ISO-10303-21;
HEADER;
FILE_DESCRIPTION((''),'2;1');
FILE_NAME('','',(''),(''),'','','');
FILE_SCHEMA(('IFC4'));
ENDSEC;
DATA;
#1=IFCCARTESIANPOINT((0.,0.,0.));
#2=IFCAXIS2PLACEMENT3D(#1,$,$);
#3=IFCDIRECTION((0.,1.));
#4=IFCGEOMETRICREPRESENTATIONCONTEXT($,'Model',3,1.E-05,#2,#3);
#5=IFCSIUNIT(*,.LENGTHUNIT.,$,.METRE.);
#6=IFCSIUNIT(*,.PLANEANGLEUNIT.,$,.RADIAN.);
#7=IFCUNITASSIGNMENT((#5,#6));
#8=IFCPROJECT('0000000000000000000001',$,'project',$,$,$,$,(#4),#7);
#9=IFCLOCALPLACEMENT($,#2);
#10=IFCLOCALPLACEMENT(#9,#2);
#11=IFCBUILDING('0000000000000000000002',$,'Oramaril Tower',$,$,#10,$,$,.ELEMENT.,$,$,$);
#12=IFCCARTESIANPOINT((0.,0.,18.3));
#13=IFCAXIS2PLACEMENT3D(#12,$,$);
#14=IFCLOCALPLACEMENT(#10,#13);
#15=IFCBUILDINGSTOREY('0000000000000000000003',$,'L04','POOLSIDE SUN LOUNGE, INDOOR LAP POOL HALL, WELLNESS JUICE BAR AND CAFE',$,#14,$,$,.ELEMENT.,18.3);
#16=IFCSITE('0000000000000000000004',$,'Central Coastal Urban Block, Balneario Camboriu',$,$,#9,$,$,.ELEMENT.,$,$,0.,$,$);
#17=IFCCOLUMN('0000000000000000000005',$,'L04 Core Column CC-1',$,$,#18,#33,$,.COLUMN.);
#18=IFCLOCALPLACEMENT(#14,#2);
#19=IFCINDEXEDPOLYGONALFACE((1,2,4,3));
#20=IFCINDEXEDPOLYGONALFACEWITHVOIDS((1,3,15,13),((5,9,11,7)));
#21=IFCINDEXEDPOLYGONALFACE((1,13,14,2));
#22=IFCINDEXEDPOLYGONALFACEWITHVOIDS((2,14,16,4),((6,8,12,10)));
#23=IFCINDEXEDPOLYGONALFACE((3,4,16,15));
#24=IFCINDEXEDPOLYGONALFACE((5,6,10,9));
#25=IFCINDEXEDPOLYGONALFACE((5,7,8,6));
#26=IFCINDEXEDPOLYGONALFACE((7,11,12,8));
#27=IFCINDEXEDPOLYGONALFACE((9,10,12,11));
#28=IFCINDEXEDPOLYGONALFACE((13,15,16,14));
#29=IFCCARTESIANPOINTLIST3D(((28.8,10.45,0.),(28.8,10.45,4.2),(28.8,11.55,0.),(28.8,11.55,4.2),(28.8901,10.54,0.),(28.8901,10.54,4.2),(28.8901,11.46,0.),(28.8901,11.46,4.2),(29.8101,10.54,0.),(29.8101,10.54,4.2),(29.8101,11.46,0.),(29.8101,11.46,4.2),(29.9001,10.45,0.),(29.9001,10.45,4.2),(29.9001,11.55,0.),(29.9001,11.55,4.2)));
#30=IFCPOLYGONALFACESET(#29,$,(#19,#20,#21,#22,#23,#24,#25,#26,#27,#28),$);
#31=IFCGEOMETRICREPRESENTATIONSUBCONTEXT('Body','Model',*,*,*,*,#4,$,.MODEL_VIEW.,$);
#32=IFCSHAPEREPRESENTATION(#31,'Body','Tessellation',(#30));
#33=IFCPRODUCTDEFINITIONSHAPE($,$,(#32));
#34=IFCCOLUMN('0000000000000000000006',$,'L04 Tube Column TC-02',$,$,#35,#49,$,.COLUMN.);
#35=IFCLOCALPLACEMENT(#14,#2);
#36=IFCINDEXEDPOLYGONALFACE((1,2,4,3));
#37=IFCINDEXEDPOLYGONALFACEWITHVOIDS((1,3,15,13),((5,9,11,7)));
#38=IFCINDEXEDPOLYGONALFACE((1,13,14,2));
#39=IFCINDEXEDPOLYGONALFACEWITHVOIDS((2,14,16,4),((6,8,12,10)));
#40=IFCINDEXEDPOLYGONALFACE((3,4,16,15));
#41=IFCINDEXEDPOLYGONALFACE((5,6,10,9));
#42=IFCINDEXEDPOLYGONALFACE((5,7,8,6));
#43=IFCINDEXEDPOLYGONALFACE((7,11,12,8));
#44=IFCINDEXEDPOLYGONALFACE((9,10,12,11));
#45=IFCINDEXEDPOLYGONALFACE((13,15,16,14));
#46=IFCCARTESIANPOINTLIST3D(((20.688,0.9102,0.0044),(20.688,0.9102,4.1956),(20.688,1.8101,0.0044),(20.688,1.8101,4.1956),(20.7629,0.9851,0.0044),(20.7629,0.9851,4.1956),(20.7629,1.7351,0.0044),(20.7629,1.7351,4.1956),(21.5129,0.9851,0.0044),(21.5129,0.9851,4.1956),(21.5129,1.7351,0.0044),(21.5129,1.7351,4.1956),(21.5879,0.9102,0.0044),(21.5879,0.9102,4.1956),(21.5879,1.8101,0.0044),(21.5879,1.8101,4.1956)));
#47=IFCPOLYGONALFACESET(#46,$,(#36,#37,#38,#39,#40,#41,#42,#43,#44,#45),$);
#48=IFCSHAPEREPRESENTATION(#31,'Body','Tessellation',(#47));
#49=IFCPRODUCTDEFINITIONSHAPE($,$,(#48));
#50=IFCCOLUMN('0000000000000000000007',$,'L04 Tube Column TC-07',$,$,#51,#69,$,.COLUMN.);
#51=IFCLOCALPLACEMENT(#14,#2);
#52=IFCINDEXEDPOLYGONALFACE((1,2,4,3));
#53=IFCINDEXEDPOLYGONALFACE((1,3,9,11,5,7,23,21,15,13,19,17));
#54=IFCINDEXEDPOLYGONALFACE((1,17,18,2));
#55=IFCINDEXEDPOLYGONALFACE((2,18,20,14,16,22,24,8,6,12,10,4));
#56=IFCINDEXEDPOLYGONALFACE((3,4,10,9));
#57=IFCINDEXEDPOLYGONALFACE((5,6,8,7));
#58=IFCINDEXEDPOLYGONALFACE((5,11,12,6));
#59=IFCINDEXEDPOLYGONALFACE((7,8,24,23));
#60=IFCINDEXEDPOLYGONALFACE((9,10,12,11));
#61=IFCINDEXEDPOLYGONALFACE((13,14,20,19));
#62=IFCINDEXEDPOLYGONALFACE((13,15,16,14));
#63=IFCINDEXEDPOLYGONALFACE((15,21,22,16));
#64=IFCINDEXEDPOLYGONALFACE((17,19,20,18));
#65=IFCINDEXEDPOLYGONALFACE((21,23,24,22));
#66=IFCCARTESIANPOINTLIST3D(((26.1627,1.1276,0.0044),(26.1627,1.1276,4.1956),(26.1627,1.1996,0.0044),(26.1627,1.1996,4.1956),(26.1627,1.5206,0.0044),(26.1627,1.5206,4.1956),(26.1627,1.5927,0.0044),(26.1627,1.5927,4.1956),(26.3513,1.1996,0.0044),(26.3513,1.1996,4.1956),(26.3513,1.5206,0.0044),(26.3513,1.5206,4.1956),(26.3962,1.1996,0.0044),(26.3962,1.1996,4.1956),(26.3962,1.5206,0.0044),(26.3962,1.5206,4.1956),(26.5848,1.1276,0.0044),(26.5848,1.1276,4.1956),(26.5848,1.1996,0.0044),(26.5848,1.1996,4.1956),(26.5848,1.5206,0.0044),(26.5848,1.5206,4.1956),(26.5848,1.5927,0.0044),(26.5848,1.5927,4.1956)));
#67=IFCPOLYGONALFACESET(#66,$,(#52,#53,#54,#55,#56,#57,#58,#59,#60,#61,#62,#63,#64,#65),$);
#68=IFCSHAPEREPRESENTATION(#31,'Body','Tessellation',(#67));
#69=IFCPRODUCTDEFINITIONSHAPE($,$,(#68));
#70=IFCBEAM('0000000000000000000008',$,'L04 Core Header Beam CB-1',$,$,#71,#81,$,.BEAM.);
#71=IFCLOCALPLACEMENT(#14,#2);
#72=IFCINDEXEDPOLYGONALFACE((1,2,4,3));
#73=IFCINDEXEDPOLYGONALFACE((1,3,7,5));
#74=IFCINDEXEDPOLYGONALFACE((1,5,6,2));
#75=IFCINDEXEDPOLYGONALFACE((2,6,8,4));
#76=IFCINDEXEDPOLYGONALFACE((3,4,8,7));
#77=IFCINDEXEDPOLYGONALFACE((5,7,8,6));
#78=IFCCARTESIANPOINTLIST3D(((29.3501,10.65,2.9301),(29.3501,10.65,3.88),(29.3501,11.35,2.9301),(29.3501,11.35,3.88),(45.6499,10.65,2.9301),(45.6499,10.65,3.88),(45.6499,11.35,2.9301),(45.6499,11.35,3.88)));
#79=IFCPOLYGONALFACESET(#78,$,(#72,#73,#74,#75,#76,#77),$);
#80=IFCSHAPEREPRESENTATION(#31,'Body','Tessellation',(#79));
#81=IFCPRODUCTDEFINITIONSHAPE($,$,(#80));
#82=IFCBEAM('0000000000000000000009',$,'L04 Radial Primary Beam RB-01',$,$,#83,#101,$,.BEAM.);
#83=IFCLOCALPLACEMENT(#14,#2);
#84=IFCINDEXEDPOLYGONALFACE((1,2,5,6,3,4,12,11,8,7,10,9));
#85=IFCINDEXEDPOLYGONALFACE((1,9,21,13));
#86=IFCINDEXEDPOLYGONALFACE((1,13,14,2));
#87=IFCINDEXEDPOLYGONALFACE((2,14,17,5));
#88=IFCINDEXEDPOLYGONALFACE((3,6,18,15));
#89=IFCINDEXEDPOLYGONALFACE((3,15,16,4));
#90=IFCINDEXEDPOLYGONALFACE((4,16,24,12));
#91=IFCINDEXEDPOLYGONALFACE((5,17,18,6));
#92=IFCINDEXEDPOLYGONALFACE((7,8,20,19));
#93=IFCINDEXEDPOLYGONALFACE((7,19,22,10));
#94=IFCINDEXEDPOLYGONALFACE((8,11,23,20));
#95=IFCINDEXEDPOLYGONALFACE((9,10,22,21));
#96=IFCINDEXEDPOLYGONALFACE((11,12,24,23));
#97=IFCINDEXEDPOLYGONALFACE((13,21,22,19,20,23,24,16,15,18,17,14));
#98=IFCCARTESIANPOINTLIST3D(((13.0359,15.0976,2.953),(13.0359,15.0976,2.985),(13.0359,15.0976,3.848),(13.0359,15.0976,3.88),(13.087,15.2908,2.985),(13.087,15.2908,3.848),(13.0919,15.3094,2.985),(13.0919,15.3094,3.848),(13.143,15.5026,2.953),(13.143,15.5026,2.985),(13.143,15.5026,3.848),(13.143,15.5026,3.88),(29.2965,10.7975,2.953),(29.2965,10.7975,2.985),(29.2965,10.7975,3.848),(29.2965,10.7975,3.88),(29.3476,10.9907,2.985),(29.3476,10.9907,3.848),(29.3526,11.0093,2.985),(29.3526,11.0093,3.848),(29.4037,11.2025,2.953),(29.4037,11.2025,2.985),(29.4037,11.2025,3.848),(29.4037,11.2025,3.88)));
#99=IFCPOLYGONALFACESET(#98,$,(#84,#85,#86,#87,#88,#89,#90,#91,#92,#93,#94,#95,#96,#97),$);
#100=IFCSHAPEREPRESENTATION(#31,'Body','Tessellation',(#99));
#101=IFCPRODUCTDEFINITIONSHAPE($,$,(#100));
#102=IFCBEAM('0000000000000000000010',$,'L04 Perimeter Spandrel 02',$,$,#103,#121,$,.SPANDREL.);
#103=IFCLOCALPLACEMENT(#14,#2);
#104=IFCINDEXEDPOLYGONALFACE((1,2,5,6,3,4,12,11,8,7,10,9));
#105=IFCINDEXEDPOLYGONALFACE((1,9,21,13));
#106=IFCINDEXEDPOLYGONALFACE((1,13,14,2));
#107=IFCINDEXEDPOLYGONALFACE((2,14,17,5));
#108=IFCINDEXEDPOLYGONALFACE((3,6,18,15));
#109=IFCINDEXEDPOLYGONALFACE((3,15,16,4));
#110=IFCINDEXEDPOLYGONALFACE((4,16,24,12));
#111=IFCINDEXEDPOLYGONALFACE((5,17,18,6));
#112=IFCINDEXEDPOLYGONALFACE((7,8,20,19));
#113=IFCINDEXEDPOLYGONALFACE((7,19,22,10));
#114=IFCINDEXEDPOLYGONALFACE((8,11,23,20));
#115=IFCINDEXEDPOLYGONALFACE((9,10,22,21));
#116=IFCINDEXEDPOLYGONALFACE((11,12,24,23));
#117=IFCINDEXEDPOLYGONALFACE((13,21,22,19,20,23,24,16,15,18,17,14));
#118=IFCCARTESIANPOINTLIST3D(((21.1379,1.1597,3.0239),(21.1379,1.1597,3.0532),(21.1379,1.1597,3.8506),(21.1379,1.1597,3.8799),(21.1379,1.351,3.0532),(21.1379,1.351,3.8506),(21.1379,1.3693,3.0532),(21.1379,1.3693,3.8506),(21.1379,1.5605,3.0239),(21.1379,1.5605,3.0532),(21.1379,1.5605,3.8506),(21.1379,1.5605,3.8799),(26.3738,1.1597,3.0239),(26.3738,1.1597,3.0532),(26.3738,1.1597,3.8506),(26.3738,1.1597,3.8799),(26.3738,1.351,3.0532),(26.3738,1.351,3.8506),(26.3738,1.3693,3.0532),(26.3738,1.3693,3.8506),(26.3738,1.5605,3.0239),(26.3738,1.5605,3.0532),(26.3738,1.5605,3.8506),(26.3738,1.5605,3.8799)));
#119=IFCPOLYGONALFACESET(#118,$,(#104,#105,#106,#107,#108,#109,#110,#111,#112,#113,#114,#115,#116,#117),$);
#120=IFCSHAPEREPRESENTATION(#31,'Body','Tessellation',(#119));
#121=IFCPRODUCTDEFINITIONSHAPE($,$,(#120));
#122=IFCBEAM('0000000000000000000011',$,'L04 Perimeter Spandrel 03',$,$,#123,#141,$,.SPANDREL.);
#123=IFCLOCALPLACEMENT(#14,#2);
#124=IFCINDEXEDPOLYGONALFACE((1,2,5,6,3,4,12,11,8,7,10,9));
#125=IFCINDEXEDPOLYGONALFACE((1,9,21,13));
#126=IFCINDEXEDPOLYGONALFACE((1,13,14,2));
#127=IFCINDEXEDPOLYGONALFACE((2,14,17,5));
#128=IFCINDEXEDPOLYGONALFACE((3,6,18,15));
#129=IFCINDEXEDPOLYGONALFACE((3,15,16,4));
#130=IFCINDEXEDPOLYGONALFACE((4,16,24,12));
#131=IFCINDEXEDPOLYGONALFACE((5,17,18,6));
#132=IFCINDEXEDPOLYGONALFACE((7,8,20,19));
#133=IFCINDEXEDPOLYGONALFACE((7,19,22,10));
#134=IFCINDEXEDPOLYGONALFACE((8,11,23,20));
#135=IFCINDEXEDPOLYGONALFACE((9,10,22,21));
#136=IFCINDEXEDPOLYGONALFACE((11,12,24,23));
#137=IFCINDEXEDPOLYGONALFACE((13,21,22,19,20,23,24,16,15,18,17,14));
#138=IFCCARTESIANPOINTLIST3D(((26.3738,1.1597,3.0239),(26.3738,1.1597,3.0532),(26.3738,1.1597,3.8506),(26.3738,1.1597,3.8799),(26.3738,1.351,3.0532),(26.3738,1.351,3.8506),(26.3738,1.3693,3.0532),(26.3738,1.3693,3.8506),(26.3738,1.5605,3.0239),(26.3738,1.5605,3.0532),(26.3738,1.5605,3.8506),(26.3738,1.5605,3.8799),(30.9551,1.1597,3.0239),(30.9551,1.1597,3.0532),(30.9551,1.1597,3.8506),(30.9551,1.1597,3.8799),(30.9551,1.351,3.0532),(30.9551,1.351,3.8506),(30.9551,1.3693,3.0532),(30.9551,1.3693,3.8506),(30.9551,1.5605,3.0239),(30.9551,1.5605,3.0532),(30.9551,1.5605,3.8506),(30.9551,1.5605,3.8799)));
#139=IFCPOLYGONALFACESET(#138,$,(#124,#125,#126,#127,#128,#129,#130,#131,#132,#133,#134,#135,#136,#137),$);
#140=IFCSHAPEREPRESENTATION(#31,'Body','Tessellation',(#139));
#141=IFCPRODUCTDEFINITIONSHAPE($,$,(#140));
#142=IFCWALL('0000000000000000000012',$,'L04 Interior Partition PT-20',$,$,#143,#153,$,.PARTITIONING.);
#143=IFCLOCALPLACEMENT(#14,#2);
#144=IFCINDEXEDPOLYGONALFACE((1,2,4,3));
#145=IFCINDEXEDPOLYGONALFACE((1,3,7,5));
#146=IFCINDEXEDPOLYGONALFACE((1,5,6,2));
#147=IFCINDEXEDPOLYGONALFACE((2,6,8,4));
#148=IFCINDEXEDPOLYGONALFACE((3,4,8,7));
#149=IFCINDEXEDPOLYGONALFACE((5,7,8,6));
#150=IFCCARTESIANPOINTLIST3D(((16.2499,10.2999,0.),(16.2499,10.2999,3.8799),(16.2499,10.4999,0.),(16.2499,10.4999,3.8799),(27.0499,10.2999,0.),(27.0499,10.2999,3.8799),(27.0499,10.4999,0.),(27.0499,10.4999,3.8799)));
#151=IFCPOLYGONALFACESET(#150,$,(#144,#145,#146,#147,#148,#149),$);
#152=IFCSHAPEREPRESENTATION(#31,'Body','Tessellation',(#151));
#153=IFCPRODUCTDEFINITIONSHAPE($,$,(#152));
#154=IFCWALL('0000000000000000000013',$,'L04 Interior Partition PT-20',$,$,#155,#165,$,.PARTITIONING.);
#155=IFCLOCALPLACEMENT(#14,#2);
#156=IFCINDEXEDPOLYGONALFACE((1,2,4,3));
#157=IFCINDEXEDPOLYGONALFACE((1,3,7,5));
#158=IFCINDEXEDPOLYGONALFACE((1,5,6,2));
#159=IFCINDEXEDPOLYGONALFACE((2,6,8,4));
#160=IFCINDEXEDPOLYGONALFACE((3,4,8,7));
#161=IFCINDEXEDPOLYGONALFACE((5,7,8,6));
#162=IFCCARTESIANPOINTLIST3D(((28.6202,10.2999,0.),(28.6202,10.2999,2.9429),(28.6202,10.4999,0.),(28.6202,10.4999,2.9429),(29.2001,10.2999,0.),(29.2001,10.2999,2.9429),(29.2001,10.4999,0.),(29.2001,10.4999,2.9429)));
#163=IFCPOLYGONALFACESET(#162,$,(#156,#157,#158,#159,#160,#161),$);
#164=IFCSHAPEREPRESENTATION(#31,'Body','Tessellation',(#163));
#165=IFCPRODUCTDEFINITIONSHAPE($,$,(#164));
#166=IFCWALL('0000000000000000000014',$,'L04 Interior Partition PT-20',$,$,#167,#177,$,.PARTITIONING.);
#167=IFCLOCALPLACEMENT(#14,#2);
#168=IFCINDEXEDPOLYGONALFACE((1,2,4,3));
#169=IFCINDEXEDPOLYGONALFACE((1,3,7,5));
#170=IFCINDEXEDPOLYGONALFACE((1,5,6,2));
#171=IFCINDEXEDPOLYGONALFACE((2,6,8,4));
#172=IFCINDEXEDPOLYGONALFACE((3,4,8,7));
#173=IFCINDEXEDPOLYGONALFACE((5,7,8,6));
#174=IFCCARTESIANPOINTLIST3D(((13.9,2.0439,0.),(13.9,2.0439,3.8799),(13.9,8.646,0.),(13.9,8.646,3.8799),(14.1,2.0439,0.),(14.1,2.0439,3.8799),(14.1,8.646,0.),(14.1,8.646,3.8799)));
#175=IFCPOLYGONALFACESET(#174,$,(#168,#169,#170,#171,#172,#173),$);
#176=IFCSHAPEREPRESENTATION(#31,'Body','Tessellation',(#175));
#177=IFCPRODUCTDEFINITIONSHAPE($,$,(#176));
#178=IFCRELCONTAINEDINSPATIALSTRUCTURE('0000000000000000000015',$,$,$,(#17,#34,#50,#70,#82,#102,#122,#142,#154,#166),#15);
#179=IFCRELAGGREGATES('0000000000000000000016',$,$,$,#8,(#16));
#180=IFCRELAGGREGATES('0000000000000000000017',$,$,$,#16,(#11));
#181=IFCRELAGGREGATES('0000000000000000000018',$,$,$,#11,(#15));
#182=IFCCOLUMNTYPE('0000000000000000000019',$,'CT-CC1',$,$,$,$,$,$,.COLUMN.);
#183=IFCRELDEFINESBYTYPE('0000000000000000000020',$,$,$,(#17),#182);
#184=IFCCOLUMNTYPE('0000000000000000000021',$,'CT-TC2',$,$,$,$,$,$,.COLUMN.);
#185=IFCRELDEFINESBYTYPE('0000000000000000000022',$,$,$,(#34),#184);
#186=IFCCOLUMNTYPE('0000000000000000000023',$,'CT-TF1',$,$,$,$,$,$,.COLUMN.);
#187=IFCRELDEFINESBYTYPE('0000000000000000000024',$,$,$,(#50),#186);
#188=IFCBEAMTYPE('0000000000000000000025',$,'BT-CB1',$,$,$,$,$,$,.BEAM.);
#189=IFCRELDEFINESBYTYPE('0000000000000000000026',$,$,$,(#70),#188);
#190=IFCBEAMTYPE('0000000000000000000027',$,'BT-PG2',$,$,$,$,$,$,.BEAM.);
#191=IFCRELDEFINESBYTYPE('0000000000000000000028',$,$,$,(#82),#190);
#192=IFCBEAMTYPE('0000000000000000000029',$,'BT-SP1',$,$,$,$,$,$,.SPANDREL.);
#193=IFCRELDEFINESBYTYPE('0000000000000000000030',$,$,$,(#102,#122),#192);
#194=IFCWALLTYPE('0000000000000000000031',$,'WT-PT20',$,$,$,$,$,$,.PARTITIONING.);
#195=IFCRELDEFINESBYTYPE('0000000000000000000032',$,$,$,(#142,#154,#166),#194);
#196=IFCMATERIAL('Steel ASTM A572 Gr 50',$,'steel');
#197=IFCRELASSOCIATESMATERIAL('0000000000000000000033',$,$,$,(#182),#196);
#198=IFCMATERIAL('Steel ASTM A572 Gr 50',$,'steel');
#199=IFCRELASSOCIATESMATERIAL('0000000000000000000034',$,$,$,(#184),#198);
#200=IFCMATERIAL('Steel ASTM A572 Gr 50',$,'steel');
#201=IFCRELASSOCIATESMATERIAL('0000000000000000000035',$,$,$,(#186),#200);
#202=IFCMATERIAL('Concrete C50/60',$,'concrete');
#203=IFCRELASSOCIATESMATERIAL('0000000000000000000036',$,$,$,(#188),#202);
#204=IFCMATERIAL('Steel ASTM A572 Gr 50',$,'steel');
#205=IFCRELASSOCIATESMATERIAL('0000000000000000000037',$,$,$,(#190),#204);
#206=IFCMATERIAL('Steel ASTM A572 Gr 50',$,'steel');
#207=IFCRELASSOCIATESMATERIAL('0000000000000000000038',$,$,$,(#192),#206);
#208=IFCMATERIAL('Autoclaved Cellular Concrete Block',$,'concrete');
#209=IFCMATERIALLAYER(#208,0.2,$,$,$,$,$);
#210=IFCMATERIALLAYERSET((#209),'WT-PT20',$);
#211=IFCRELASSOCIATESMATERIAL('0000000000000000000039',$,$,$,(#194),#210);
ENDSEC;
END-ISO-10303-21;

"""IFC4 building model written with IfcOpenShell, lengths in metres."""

from ifc_helpers import new_model, si_unit, direction, frame, frame_2d, origin, origin_2d, place, context, subcontext, project, spatial, rectangle, hollow_rectangle, i_section, extrude, material, layer, layer_set, material_profile, profile_set, type_object, element, save


model = new_model("IFC4")

# Units and contexts
model_context = context("Model", 3, precision=1e-05, world=origin(), true_north=direction((0.0, 1.0)))
body_context = subcontext(model_context, "Body", "Model", "MODEL_VIEW")
ifc_project = project(units=[si_unit("LENGTHUNIT", "METRE"), si_unit("PLANEANGLEUNIT", "RADIAN")], contexts=[model_context])

# Site, building, storey
site_placement = place(None, origin())
site = spatial("IfcSite", under=ifc_project, at=site_placement, Name="Central Coastal Urban Block, Balneario Camboriu", CompositionType="ELEMENT", RefElevation=0.0)
building_placement = place(site_placement, origin())
building = spatial("IfcBuilding", under=site, at=building_placement, Name="Oramaril Tower", CompositionType="ELEMENT")
storey_placement = place(building_placement, frame((0.0, 0.0, 18.3)))
storey = spatial("IfcBuildingStorey", under=building, at=storey_placement, Name="L04", Description="POOLSIDE SUN LOUNGE, INDOOR LAP POOL HALL, WELLNESS JUICE BAR AND CAFE", CompositionType="ELEMENT", Elevation=18.3)

# Columns
ifc_material_1 = material(Name="Steel ASTM A572 Gr 50", Category="steel")
ifc_material_profile_1 = material_profile(ifc_material_1, hollow_rectangle(XDim=1.1001, YDim=1.1001, WallThickness=0.0901, at=origin_2d()), Name="BOX1100X1100X90")
ifc_profile_set_1 = profile_set([ifc_material_profile_1], Name="Steel ASTM A572 Gr 50")
column_type_1 = type_object("IfcColumnType", Name="CT-CC1", PredefinedType="COLUMN", material=ifc_profile_set_1)
column_1_placement = place(storey_placement, frame((29.3501, 11.0, 0.0), z_axis=(0.0, 0.0, 1.0), x_axis=(1.0, 0.0, 0.0)))
element("IfcColumn", 1, at=column_1_placement, inside=storey, type_object=column_type_1, Name="L04 Core Column CC-1", PredefinedType="COLUMN", context=body_context, shape_type="SweptSolid", body=[
    extrude(hollow_rectangle(XDim=1.1001, YDim=1.1001, WallThickness=0.0901, at=origin_2d()), origin(), (0.0, 0.0, 1.0), 4.2),
])
ifc_material_2 = material(Name="Steel ASTM A572 Gr 50", Category="steel")
ifc_material_profile_2 = material_profile(ifc_material_2, hollow_rectangle(XDim=0.8999, YDim=0.8999, WallThickness=0.075, at=origin_2d()), Name="BOX900X900X75")
ifc_profile_set_2 = profile_set([ifc_material_profile_2], Name="Steel ASTM A572 Gr 50")
column_type_2 = type_object("IfcColumnType", Name="CT-TC2", PredefinedType="COLUMN", material=ifc_profile_set_2)
column_2_placement = place(storey_placement, frame((21.1379, 1.3601, 0.0044), z_axis=(0.0, 0.0, 1.0), x_axis=(1.0, 0.0, 0.0)))
element("IfcColumn", 2, at=column_2_placement, inside=storey, type_object=column_type_2, Name="L04 Tube Column TC-02", PredefinedType="COLUMN", context=body_context, shape_type="SweptSolid", body=[
    extrude(hollow_rectangle(XDim=0.8999, YDim=0.8999, WallThickness=0.075, at=origin_2d()), origin(), (0.0, 0.0, 1.0), 4.1912),
])
ifc_material_3 = material(Name="Steel ASTM A572 Gr 50", Category="steel")
ifc_material_profile_3 = material_profile(ifc_material_3, i_section(OverallWidth=0.4221, OverallDepth=0.4651, WebThickness=0.0449, FlangeThickness=0.072, at=origin_2d()), Name="W14X398")
ifc_profile_set_3 = profile_set([ifc_material_profile_3], Name="Steel ASTM A572 Gr 50")
column_type_3 = type_object("IfcColumnType", Name="CT-TF1", PredefinedType="COLUMN", material=ifc_profile_set_3)
column_3_placement = place(storey_placement, frame((26.3738, 1.3601, 0.0044), z_axis=(0.0, 0.0, 1.0), x_axis=(1.0, 0.0, 0.0)))
element("IfcColumn", 3, at=column_3_placement, inside=storey, type_object=column_type_3, Name="L04 Tube Column TC-07", PredefinedType="COLUMN", context=body_context, shape_type="SweptSolid", body=[
    extrude(i_section(OverallWidth=0.4221, OverallDepth=0.4651, WebThickness=0.0449, FlangeThickness=0.072, at=origin_2d()), origin(), (0.0, 0.0, 1.0), 4.1912),
])

# Beams
ifc_material_4 = material(Name="Concrete C50/60", Category="concrete")
ifc_material_profile_4 = material_profile(ifc_material_4, rectangle(XDim=0.7, YDim=0.95, at=origin_2d()), Name="CB700X950")
ifc_profile_set_4 = profile_set([ifc_material_profile_4], Name="Concrete C50/60")
beam_type_1 = type_object("IfcBeamType", Name="BT-CB1", PredefinedType="BEAM", material=ifc_profile_set_4)
beam_1_placement = place(storey_placement, frame((29.3501, 11.0, 3.405), z_axis=(1.0, 0.0, 0.0), x_axis=(0.0, 1.0, 0.0)))
element("IfcBeam", 4, at=beam_1_placement, inside=storey, type_object=beam_type_1, Name="L04 Core Header Beam CB-1", PredefinedType="BEAM", context=body_context, shape_type="SweptSolid", body=[
    extrude(rectangle(XDim=0.7, YDim=0.95, at=origin_2d()), origin(), (0.0, 0.0, 1.0), 16.2998),
])
ifc_material_5 = material(Name="Steel ASTM A572 Gr 50", Category="steel")
ifc_material_profile_5 = material_profile(ifc_material_5, i_section(OverallWidth=0.4189, OverallDepth=0.927, WebThickness=0.0193, FlangeThickness=0.032, at=origin_2d()), Name="W36X231")
ifc_profile_set_5 = profile_set([ifc_material_profile_5], Name="Steel ASTM A572 Gr 50")
beam_type_2 = type_object("IfcBeamType", Name="BT-PG2", PredefinedType="BEAM", material=ifc_profile_set_5)
beam_2_placement = place(storey_placement, frame((29.3501, 11.0, 3.4165), z_axis=(-0.966767, 0.255659, 0.0), x_axis=(-0.255659, -0.966767, 0.0)))
element("IfcBeam", 5, at=beam_2_placement, inside=storey, type_object=beam_type_2, Name="L04 Radial Primary Beam RB-01", PredefinedType="BEAM", context=body_context, shape_type="SweptSolid", body=[
    extrude(i_section(OverallWidth=0.4189, OverallDepth=0.927, WebThickness=0.0193, FlangeThickness=0.032, at=origin_2d()), origin(), (0.0, 0.0, 1.0), 16.8196),
])
ifc_material_6 = material(Name="Steel ASTM A572 Gr 50", Category="steel")
ifc_material_profile_6 = material_profile(ifc_material_6, i_section(OverallWidth=0.4009, OverallDepth=0.856, WebThickness=0.0183, FlangeThickness=0.0293, at=origin_2d()), Name="W33X201")
ifc_profile_set_6 = profile_set([ifc_material_profile_6], Name="Steel ASTM A572 Gr 50")
beam_type_3 = type_object("IfcBeamType", Name="BT-SP1", PredefinedType="SPANDREL", material=ifc_profile_set_6)
beam_3_placement = place(storey_placement, frame((21.1379, 1.3601, 3.4519), z_axis=(1.0, 0.0, 0.0), x_axis=(0.0, 1.0, 0.0)))
element("IfcBeam", 6, at=beam_3_placement, inside=storey, type_object=beam_type_3, Name="L04 Perimeter Spandrel 02", PredefinedType="SPANDREL", context=body_context, shape_type="SweptSolid", body=[
    extrude(i_section(OverallWidth=0.4009, OverallDepth=0.856, WebThickness=0.0183, FlangeThickness=0.0293, at=origin_2d()), origin(), (0.0, 0.0, 1.0), 5.2358),
])
beam_4_placement = place(storey_placement, frame((26.3738, 1.3601, 3.4519), z_axis=(1.0, 0.0, 0.0), x_axis=(0.0, 1.0, 0.0)))
element("IfcBeam", 7, at=beam_4_placement, inside=storey, type_object=beam_type_3, Name="L04 Perimeter Spandrel 03", PredefinedType="SPANDREL", context=body_context, shape_type="SweptSolid", body=[
    extrude(i_section(OverallWidth=0.4009, OverallDepth=0.856, WebThickness=0.0183, FlangeThickness=0.0293, at=origin_2d()), origin(), (0.0, 0.0, 1.0), 4.5813),
])

# Shared definitions
ifc_material_7 = material(Name="Autoclaved Cellular Concrete Block", Category="concrete")
ifc_layer_1 = layer(ifc_material_7, 0.2)
ifc_layer_set_1 = layer_set([ifc_layer_1], Name="WT-PT20")
wall_type_1 = type_object("IfcWallType", Name="WT-PT20", PredefinedType="PARTITIONING", material=ifc_layer_set_1)

# Walls
wall_1_placement = place(storey_placement, frame((16.25, 10.3999, 0.0), z_axis=(0.0, 0.0, 1.0), x_axis=(1.0, 0.0, 0.0)))
element("IfcWall", 8, at=wall_1_placement, inside=storey, type_object=wall_type_1, Name="L04 Interior Partition PT-20", PredefinedType="PARTITIONING", context=body_context, shape_type="SweptSolid", body=[
    extrude(rectangle(XDim=10.8, YDim=0.2, at=frame_2d((5.3999, 0.0))), origin(), (0.0, 0.0, 1.0), 3.8799),
])
wall_2_placement = place(storey_placement, frame((28.6201, 10.3999, 0.0), z_axis=(0.0, 0.0, 1.0), x_axis=(1.0, 0.0, 0.0)))
element("IfcWall", 9, at=wall_2_placement, inside=storey, type_object=wall_type_1, Name="L04 Interior Partition PT-20", PredefinedType="PARTITIONING", context=body_context, shape_type="SweptSolid", body=[
    extrude(rectangle(XDim=0.5798, YDim=0.2, at=frame_2d((0.29, 0.0))), origin(), (0.0, 0.0, 1.0), 2.9429),
])
wall_3_placement = place(storey_placement, frame((14.0, 2.0439, 0.0), z_axis=(0.0, 0.0, 1.0), x_axis=(0.0, 1.0, 0.0)))
element("IfcWall", 10, at=wall_3_placement, inside=storey, type_object=wall_type_1, Name="L04 Interior Partition PT-20", PredefinedType="PARTITIONING", context=body_context, shape_type="SweptSolid", body=[
    extrude(rectangle(XDim=6.6021, YDim=0.2, at=frame_2d((3.301, 0.0))), origin(), (0.0, 0.0, 1.0), 3.8799),
])

save(model, "model.ifc")
